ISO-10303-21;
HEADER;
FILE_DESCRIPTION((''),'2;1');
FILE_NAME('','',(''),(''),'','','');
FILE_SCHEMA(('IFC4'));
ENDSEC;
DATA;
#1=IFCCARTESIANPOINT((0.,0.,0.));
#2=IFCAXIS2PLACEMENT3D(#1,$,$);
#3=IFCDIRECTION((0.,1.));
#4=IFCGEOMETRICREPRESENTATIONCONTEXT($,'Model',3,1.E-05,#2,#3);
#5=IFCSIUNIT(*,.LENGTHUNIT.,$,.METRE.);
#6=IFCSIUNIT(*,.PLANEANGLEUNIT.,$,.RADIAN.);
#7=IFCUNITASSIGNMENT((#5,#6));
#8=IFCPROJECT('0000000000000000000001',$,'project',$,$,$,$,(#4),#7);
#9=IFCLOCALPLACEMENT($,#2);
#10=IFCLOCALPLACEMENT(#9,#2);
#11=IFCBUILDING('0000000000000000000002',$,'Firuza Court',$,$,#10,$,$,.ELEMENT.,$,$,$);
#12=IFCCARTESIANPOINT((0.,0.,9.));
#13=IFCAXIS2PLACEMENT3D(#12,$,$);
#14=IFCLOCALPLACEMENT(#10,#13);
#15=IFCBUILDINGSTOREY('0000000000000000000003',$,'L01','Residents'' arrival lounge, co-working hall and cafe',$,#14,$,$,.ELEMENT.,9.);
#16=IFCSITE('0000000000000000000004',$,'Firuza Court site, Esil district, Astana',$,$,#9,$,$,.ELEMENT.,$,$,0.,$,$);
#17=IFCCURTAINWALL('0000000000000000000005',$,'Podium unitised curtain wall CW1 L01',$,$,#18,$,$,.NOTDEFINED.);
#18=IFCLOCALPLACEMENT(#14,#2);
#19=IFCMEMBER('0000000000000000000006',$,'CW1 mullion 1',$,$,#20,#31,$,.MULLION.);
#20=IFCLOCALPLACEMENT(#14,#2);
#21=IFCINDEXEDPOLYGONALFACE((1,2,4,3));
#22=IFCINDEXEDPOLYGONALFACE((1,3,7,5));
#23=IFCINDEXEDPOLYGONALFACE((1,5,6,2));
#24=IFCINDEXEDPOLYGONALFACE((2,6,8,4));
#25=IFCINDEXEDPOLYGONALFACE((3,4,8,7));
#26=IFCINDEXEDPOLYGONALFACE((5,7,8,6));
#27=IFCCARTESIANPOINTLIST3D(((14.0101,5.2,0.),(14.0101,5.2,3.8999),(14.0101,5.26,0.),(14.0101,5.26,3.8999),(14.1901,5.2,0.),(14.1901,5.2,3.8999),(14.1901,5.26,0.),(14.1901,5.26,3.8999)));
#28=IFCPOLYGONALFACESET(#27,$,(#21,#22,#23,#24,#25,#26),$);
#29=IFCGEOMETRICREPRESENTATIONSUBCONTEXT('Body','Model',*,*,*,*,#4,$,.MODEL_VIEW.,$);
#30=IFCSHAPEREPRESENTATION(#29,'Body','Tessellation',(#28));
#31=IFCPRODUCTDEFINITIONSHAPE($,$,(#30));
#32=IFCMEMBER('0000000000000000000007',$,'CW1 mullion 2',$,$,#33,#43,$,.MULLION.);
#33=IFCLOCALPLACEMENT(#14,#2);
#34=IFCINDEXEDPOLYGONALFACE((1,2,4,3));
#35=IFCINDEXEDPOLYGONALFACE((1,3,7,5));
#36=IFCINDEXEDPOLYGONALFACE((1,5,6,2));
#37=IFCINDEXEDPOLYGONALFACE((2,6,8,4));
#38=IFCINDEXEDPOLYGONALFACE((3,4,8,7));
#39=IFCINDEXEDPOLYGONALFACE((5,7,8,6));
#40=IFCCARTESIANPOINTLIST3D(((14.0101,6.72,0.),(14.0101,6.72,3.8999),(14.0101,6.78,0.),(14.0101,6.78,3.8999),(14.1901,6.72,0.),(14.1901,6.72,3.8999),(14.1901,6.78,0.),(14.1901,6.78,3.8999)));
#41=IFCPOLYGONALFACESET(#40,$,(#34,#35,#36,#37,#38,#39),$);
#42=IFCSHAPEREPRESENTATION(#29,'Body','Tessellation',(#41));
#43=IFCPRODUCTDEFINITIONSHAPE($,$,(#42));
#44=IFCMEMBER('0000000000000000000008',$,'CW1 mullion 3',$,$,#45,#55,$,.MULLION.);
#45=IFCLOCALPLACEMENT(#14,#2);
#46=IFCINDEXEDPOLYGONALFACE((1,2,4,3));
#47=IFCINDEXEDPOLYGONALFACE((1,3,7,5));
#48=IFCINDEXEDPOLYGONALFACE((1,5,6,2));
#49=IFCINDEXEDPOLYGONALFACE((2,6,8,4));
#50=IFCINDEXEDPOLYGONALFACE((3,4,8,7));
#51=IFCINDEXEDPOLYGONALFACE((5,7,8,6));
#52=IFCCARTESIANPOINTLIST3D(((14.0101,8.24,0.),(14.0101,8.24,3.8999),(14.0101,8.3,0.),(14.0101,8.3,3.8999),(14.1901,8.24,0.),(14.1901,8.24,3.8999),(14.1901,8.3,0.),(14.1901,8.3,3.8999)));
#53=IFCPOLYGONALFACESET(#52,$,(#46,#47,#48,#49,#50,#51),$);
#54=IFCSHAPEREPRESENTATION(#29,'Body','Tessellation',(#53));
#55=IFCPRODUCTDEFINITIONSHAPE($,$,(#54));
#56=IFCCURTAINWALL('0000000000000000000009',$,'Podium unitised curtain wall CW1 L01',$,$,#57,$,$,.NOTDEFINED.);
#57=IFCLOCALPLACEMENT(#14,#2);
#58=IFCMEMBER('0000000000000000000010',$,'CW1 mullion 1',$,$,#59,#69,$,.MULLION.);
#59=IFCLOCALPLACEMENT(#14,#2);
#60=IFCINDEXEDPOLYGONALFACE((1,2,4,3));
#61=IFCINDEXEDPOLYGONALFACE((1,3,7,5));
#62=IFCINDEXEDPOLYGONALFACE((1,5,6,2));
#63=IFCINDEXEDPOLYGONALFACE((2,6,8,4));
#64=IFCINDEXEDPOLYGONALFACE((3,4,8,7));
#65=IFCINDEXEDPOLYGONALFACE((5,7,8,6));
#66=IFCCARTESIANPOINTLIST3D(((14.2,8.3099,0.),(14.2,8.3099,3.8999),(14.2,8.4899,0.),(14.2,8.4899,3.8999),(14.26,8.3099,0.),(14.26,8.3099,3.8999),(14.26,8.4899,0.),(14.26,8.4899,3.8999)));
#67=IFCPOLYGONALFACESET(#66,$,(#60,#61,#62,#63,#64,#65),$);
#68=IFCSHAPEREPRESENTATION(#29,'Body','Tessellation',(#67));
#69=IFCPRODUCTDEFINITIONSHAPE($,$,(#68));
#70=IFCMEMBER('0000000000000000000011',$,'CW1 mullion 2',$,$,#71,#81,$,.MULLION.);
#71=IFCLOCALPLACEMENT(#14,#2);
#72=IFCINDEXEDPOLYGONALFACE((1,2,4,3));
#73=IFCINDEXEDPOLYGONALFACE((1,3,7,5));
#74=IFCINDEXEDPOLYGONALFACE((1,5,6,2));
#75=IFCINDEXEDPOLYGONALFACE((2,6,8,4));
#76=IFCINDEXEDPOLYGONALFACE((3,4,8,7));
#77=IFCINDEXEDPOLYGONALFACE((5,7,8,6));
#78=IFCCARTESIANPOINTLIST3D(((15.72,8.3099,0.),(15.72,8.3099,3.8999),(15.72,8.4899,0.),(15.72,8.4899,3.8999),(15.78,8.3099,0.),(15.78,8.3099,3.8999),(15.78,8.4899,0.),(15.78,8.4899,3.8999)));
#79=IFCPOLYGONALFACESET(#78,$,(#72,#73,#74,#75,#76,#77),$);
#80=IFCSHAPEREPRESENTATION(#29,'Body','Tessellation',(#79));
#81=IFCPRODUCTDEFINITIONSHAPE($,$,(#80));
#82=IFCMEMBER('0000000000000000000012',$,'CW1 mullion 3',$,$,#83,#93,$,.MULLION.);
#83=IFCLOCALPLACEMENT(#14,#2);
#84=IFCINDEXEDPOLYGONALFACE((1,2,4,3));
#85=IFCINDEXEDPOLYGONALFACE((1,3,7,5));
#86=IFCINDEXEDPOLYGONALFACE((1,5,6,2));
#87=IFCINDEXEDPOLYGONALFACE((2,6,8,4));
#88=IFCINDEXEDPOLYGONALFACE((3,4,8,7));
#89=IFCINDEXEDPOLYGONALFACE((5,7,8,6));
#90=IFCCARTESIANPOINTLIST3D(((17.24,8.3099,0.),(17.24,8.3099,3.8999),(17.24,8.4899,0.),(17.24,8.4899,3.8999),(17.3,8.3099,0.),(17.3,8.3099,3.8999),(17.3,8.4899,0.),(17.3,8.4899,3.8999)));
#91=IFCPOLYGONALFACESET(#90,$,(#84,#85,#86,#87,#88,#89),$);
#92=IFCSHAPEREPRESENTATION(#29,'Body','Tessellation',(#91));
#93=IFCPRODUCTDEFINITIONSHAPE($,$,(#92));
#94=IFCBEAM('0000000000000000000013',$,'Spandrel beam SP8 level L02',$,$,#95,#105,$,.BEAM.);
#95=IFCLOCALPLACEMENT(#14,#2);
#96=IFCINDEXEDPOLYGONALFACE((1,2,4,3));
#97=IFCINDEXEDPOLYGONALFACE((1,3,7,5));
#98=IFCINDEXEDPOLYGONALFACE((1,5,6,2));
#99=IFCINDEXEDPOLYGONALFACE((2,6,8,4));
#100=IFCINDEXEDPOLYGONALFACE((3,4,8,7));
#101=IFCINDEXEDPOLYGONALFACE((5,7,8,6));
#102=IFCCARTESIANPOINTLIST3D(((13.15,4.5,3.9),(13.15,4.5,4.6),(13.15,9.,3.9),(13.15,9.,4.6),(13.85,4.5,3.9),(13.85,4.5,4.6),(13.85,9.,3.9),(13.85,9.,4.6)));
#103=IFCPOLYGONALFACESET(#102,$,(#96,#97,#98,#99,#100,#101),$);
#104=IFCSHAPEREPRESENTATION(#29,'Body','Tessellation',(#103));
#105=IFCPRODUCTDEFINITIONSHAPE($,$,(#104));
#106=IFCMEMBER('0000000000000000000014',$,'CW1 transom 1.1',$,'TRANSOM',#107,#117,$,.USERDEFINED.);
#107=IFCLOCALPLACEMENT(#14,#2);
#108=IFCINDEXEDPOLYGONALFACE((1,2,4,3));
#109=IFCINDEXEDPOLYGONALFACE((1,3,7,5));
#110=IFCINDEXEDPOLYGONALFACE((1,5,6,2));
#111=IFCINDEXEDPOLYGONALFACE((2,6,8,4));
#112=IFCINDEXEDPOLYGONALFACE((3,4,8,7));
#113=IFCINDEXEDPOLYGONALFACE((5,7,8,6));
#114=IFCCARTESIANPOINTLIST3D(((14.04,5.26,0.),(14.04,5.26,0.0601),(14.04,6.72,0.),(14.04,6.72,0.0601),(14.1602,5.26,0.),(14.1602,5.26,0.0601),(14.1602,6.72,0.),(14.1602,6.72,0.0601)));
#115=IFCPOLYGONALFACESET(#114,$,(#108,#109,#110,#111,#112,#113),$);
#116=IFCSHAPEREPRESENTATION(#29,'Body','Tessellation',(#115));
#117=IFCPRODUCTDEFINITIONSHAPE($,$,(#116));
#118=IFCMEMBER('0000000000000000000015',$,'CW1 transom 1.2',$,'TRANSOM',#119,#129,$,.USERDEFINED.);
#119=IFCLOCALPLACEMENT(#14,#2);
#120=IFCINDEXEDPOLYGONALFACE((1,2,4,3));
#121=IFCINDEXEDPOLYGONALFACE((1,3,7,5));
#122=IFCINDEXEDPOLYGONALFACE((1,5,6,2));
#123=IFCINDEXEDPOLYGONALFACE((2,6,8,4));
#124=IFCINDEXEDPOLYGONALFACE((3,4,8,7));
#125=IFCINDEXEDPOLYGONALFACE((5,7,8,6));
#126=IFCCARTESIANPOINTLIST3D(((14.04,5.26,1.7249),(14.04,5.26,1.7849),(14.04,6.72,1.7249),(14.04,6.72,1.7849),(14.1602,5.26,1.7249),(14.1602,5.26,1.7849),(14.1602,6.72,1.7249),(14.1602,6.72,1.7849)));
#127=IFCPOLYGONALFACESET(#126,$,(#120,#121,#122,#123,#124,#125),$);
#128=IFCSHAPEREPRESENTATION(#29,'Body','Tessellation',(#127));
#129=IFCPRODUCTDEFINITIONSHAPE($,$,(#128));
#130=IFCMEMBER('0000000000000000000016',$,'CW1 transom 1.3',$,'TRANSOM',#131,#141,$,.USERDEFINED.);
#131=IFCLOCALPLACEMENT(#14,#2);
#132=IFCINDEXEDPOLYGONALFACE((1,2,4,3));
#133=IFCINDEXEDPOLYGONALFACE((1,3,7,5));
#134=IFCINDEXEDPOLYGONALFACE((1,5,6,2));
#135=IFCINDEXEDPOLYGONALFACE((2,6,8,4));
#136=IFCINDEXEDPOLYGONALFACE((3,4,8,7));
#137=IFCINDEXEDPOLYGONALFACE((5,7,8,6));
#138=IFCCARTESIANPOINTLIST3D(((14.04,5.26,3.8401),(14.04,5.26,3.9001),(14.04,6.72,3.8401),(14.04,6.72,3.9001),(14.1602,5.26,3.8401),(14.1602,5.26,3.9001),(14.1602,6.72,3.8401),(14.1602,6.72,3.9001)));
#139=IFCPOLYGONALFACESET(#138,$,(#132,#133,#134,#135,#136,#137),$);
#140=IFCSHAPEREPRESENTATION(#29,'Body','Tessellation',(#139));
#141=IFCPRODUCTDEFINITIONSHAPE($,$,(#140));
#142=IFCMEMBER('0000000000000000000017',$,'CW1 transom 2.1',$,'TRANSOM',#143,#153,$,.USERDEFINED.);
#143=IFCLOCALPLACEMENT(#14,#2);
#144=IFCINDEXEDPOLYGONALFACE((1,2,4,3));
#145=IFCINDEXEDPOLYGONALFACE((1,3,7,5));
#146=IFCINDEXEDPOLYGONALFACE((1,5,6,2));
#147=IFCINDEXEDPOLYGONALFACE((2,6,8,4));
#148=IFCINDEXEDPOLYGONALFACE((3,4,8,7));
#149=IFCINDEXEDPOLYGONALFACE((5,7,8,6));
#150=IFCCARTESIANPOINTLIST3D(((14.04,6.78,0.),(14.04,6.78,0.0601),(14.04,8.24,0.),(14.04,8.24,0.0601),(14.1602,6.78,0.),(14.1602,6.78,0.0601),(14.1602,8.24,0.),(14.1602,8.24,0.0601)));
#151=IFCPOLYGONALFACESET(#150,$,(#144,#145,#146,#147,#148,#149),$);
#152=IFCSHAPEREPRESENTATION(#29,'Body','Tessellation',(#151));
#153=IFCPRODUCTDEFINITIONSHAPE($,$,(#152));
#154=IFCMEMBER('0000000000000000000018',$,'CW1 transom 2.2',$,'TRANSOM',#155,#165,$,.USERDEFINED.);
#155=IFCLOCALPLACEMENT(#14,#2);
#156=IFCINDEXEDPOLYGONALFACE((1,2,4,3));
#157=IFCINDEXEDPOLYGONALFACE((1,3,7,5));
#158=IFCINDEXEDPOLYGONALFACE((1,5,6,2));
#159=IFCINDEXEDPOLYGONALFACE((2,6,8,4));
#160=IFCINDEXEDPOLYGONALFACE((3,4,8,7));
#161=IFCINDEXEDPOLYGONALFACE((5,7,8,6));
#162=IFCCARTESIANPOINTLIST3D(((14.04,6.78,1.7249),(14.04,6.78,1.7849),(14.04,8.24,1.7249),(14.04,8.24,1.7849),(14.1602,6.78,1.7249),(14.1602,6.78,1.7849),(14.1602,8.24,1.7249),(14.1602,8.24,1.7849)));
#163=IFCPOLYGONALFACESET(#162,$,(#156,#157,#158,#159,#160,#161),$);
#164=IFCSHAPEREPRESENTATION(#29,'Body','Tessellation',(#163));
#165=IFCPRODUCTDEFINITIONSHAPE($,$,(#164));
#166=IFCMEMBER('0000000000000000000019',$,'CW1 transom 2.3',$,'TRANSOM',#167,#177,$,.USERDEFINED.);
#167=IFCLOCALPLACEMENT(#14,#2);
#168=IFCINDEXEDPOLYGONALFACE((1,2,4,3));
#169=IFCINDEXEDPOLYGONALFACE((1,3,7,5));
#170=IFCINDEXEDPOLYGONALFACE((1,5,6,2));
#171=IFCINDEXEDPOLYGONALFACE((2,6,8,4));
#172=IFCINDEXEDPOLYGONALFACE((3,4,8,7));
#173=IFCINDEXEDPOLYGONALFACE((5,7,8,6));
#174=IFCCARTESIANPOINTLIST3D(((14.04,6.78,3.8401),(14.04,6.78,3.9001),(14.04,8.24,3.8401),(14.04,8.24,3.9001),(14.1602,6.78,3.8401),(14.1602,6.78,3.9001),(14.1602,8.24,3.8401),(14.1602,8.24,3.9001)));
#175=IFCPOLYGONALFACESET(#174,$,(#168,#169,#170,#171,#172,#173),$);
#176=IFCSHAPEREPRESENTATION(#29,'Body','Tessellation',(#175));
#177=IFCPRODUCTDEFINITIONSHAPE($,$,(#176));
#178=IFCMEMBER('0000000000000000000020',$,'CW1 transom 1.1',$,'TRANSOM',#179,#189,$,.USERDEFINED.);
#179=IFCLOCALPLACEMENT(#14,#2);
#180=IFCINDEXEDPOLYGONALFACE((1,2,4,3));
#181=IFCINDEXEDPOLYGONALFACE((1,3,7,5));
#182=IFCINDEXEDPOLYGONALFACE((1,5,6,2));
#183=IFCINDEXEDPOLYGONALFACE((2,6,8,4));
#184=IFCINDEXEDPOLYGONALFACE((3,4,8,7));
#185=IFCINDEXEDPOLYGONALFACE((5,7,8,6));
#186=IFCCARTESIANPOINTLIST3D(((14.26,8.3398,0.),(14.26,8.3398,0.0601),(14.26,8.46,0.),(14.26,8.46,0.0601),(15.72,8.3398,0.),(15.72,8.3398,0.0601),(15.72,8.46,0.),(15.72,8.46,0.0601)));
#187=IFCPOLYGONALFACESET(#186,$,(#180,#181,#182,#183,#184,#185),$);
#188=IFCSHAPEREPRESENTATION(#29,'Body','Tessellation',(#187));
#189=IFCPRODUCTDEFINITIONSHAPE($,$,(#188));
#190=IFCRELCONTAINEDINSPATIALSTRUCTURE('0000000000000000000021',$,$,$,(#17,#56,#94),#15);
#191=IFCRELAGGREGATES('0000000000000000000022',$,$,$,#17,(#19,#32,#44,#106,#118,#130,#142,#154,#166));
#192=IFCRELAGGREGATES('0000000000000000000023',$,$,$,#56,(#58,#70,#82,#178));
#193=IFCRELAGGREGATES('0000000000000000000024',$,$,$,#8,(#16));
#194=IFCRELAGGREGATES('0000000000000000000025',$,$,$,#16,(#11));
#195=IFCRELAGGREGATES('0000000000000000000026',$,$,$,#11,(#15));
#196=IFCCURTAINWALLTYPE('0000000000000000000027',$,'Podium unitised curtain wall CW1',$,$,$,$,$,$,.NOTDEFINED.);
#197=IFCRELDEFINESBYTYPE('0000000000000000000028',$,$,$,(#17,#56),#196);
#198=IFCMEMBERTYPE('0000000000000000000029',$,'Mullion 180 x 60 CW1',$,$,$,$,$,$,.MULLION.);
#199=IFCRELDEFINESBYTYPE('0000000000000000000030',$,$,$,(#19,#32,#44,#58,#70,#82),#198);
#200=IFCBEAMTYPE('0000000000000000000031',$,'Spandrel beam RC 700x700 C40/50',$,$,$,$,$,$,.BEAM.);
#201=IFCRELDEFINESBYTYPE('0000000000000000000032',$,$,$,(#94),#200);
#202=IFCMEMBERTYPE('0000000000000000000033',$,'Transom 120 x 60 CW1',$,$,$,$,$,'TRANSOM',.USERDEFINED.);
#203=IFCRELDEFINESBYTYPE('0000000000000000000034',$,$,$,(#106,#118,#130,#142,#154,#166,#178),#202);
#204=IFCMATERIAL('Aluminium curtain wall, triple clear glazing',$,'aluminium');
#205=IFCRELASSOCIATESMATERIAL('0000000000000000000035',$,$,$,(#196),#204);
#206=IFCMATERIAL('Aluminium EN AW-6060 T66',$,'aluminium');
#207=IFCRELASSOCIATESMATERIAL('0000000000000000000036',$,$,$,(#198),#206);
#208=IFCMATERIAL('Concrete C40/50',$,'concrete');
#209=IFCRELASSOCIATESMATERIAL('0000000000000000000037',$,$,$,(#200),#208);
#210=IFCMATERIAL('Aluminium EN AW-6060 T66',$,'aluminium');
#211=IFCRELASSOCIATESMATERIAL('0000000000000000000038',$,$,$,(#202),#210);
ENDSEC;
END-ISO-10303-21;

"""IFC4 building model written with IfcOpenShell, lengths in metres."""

from ifc_helpers import new_model, si_unit, direction, frame, origin, origin_2d, place, context, subcontext, project, spatial, rectangle, extrude, material, material_profile, profile_set, type_object, element, aggregate, save


model = new_model("IFC4")

# Units and contexts
model_context = context("Model", 3, precision=1e-05, world=origin(), true_north=direction((0.0, 1.0)))
body_context = subcontext(model_context, "Body", "Model", "MODEL_VIEW")
ifc_project = project(units=[si_unit("LENGTHUNIT", "METRE"), si_unit("PLANEANGLEUNIT", "RADIAN")], contexts=[model_context])

# Site, building, storey
site_placement = place(None, origin())
site = spatial("IfcSite", under=ifc_project, at=site_placement, Name="Firuza Court site, Esil district, Astana", CompositionType="ELEMENT", RefElevation=0.0)
building_placement = place(site_placement, origin())
building = spatial("IfcBuilding", under=site, at=building_placement, Name="Firuza Court", CompositionType="ELEMENT")
storey_placement = place(building_placement, frame((0.0, 0.0, 9.0)))
storey = spatial("IfcBuildingStorey", under=building, at=storey_placement, Name="L01", Description="Residents' arrival lounge, co-working hall and cafe", CompositionType="ELEMENT", Elevation=9.0)

# Curtain walls, members
ifc_material_1 = material(Name="Aluminium curtain wall, triple clear glazing", Category="aluminium")
curtain_wall_type = type_object("IfcCurtainWallType", Name="Podium unitised curtain wall CW1", PredefinedType="NOTDEFINED", material=ifc_material_1)
curtain_wall_1_placement = place(storey_placement, origin())
curtain_wall_1 = element("IfcCurtainWall", 1, at=curtain_wall_1_placement, inside=storey, type_object=curtain_wall_type, Name="Podium unitised curtain wall CW1 L01", PredefinedType="NOTDEFINED")
ifc_material_2 = material(Name="Aluminium EN AW-6060 T66", Category="aluminium")
ifc_material_profile_1 = material_profile(ifc_material_2, rectangle(XDim=0.1799, YDim=0.0601, at=origin_2d()), Name="Mullion 180 x 60 CW1")
ifc_profile_set_1 = profile_set([ifc_material_profile_1], Name="Aluminium EN AW-6060 T66")
member_type_1 = type_object("IfcMemberType", Name="Mullion 180 x 60 CW1", PredefinedType="MULLION", material=ifc_profile_set_1)
member_1_placement = place(storey_placement, frame((14.1001, 5.23, 0.0), z_axis=(0.0, 0.0, 1.0), x_axis=(-1.0, 0.0, 0.0)))
member_1 = element("IfcMember", 2, at=member_1_placement, type_object=member_type_1, Name="CW1 mullion 1", PredefinedType="MULLION", context=body_context, shape_type="SweptSolid", body=[
    extrude(rectangle(XDim=0.1799, YDim=0.0601, at=origin_2d()), origin(), (0.0, 0.0, 1.0), 3.8999),
])
member_2_placement = place(storey_placement, frame((14.1001, 6.75, 0.0), z_axis=(0.0, 0.0, 1.0), x_axis=(-1.0, 0.0, 0.0)))
member_2 = element("IfcMember", 3, at=member_2_placement, type_object=member_type_1, Name="CW1 mullion 2", PredefinedType="MULLION", context=body_context, shape_type="SweptSolid", body=[
    extrude(rectangle(XDim=0.1799, YDim=0.0601, at=origin_2d()), origin(), (0.0, 0.0, 1.0), 3.8999),
])
member_3_placement = place(storey_placement, frame((14.1001, 8.27, 0.0), z_axis=(0.0, 0.0, 1.0), x_axis=(-1.0, 0.0, 0.0)))
member_3 = element("IfcMember", 4, at=member_3_placement, type_object=member_type_1, Name="CW1 mullion 3", PredefinedType="MULLION", context=body_context, shape_type="SweptSolid", body=[
    extrude(rectangle(XDim=0.1799, YDim=0.0601, at=origin_2d()), origin(), (0.0, 0.0, 1.0), 3.8999),
])
curtain_wall_2_placement = place(storey_placement, origin())
curtain_wall_2 = element("IfcCurtainWall", 5, at=curtain_wall_2_placement, inside=storey, type_object=curtain_wall_type, Name="Podium unitised curtain wall CW1 L01", PredefinedType="NOTDEFINED")
member_4_placement = place(storey_placement, frame((14.23, 8.3999, 0.0), z_axis=(0.0, 0.0, 1.0), x_axis=(0.0, 1.0, 0.0)))
member_4 = element("IfcMember", 6, at=member_4_placement, type_object=member_type_1, Name="CW1 mullion 1", PredefinedType="MULLION", context=body_context, shape_type="SweptSolid", body=[
    extrude(rectangle(XDim=0.1799, YDim=0.0601, at=origin_2d()), origin(), (0.0, 0.0, 1.0), 3.8999),
])
member_5_placement = place(storey_placement, frame((15.75, 8.3999, 0.0), z_axis=(0.0, 0.0, 1.0), x_axis=(0.0, 1.0, 0.0)))
member_5 = element("IfcMember", 7, at=member_5_placement, type_object=member_type_1, Name="CW1 mullion 2", PredefinedType="MULLION", context=body_context, shape_type="SweptSolid", body=[
    extrude(rectangle(XDim=0.1799, YDim=0.0601, at=origin_2d()), origin(), (0.0, 0.0, 1.0), 3.8999),
])
member_6_placement = place(storey_placement, frame((17.27, 8.3999, 0.0), z_axis=(0.0, 0.0, 1.0), x_axis=(0.0, 1.0, 0.0)))
member_6 = element("IfcMember", 8, at=member_6_placement, type_object=member_type_1, Name="CW1 mullion 3", PredefinedType="MULLION", context=body_context, shape_type="SweptSolid", body=[
    extrude(rectangle(XDim=0.1799, YDim=0.0601, at=origin_2d()), origin(), (0.0, 0.0, 1.0), 3.8999),
])

# Beam
ifc_material_3 = material(Name="Concrete C40/50", Category="concrete")
ifc_material_profile_2 = material_profile(ifc_material_3, rectangle(XDim=0.7, YDim=0.7, at=origin_2d()), Name="RC 700x700")
ifc_profile_set_2 = profile_set([ifc_material_profile_2], Name="Concrete C40/50")
beam_type = type_object("IfcBeamType", Name="Spandrel beam RC 700x700 C40/50", PredefinedType="BEAM", material=ifc_profile_set_2)
beam_placement = place(storey_placement, frame((13.5, 4.5, 4.25), z_axis=(0.0, 1.0, 0.0), x_axis=(-1.0, 0.0, 0.0)))
element("IfcBeam", 9, at=beam_placement, inside=storey, type_object=beam_type, Name="Spandrel beam SP8 level L02", PredefinedType="BEAM", context=body_context, shape_type="SweptSolid", body=[
    extrude(rectangle(XDim=0.7, YDim=0.7, at=origin_2d()), origin(), (0.0, 0.0, 1.0), 4.5),
])

# Members
ifc_material_4 = material(Name="Aluminium EN AW-6060 T66", Category="aluminium")
ifc_material_profile_3 = material_profile(ifc_material_4, rectangle(XDim=0.1201, YDim=0.0601, at=origin_2d()), Name="Transom 120 x 60 CW1")
ifc_profile_set_3 = profile_set([ifc_material_profile_3], Name="Aluminium EN AW-6060 T66")
member_type_2 = type_object("IfcMemberType", Name="Transom 120 x 60 CW1", ElementType="TRANSOM", PredefinedType="USERDEFINED", material=ifc_profile_set_3)
member_7_placement = place(storey_placement, frame((14.1001, 5.26, 0.03), z_axis=(0.0, 1.0, 0.0), x_axis=(-1.0, 0.0, 0.0)))
member_7 = element("IfcMember", 10, at=member_7_placement, type_object=member_type_2, Name="CW1 transom 1.1", ObjectType="TRANSOM", PredefinedType="USERDEFINED", context=body_context, shape_type="SweptSolid", body=[
    extrude(rectangle(XDim=0.1201, YDim=0.0601, at=origin_2d()), origin(), (0.0, 0.0, 1.0), 1.46),
])
member_8_placement = place(storey_placement, frame((14.1001, 5.26, 1.7549), z_axis=(0.0, 1.0, 0.0), x_axis=(-1.0, 0.0, 0.0)))
member_8 = element("IfcMember", 11, at=member_8_placement, type_object=member_type_2, Name="CW1 transom 1.2", ObjectType="TRANSOM", PredefinedType="USERDEFINED", context=body_context, shape_type="SweptSolid", body=[
    extrude(rectangle(XDim=0.1201, YDim=0.0601, at=origin_2d()), origin(), (0.0, 0.0, 1.0), 1.46),
])
member_9_placement = place(storey_placement, frame((14.1001, 5.26, 3.8701), z_axis=(0.0, 1.0, 0.0), x_axis=(-1.0, 0.0, 0.0)))
member_9 = element("IfcMember", 12, at=member_9_placement, type_object=member_type_2, Name="CW1 transom 1.3", ObjectType="TRANSOM", PredefinedType="USERDEFINED", context=body_context, shape_type="SweptSolid", body=[
    extrude(rectangle(XDim=0.1201, YDim=0.0601, at=origin_2d()), origin(), (0.0, 0.0, 1.0), 1.46),
])
member_10_placement = place(storey_placement, frame((14.1001, 6.78, 0.03), z_axis=(0.0, 1.0, 0.0), x_axis=(-1.0, 0.0, 0.0)))
member_10 = element("IfcMember", 13, at=member_10_placement, type_object=member_type_2, Name="CW1 transom 2.1", ObjectType="TRANSOM", PredefinedType="USERDEFINED", context=body_context, shape_type="SweptSolid", body=[
    extrude(rectangle(XDim=0.1201, YDim=0.0601, at=origin_2d()), origin(), (0.0, 0.0, 1.0), 1.46),
])
member_11_placement = place(storey_placement, frame((14.1001, 6.78, 1.7549), z_axis=(0.0, 1.0, 0.0), x_axis=(-1.0, 0.0, 0.0)))
member_11 = element("IfcMember", 14, at=member_11_placement, type_object=member_type_2, Name="CW1 transom 2.2", ObjectType="TRANSOM", PredefinedType="USERDEFINED", context=body_context, shape_type="SweptSolid", body=[
    extrude(rectangle(XDim=0.1201, YDim=0.0601, at=origin_2d()), origin(), (0.0, 0.0, 1.0), 1.46),
])
member_12_placement = place(storey_placement, frame((14.1001, 6.78, 3.8701), z_axis=(0.0, 1.0, 0.0), x_axis=(-1.0, 0.0, 0.0)))
member_12 = element("IfcMember", 15, at=member_12_placement, type_object=member_type_2, Name="CW1 transom 2.3", ObjectType="TRANSOM", PredefinedType="USERDEFINED", context=body_context, shape_type="SweptSolid", body=[
    extrude(rectangle(XDim=0.1201, YDim=0.0601, at=origin_2d()), origin(), (0.0, 0.0, 1.0), 1.46),
])
member_13_placement = place(storey_placement, frame((14.26, 8.3999, 0.03), z_axis=(1.0, 0.0, 0.0), x_axis=(0.0, 1.0, 0.0)))
member_13 = element("IfcMember", 16, at=member_13_placement, type_object=member_type_2, Name="CW1 transom 1.1", ObjectType="TRANSOM", PredefinedType="USERDEFINED", context=body_context, shape_type="SweptSolid", body=[
    extrude(rectangle(XDim=0.1201, YDim=0.0601, at=origin_2d()), origin(), (0.0, 0.0, 1.0), 1.46),
])

aggregate(curtain_wall_1, [member_1, member_2, member_3, member_7, member_8, member_9, member_10, member_11, member_12])
aggregate(curtain_wall_2, [member_4, member_5, member_6, member_13])

save(model, "model.ifc")
